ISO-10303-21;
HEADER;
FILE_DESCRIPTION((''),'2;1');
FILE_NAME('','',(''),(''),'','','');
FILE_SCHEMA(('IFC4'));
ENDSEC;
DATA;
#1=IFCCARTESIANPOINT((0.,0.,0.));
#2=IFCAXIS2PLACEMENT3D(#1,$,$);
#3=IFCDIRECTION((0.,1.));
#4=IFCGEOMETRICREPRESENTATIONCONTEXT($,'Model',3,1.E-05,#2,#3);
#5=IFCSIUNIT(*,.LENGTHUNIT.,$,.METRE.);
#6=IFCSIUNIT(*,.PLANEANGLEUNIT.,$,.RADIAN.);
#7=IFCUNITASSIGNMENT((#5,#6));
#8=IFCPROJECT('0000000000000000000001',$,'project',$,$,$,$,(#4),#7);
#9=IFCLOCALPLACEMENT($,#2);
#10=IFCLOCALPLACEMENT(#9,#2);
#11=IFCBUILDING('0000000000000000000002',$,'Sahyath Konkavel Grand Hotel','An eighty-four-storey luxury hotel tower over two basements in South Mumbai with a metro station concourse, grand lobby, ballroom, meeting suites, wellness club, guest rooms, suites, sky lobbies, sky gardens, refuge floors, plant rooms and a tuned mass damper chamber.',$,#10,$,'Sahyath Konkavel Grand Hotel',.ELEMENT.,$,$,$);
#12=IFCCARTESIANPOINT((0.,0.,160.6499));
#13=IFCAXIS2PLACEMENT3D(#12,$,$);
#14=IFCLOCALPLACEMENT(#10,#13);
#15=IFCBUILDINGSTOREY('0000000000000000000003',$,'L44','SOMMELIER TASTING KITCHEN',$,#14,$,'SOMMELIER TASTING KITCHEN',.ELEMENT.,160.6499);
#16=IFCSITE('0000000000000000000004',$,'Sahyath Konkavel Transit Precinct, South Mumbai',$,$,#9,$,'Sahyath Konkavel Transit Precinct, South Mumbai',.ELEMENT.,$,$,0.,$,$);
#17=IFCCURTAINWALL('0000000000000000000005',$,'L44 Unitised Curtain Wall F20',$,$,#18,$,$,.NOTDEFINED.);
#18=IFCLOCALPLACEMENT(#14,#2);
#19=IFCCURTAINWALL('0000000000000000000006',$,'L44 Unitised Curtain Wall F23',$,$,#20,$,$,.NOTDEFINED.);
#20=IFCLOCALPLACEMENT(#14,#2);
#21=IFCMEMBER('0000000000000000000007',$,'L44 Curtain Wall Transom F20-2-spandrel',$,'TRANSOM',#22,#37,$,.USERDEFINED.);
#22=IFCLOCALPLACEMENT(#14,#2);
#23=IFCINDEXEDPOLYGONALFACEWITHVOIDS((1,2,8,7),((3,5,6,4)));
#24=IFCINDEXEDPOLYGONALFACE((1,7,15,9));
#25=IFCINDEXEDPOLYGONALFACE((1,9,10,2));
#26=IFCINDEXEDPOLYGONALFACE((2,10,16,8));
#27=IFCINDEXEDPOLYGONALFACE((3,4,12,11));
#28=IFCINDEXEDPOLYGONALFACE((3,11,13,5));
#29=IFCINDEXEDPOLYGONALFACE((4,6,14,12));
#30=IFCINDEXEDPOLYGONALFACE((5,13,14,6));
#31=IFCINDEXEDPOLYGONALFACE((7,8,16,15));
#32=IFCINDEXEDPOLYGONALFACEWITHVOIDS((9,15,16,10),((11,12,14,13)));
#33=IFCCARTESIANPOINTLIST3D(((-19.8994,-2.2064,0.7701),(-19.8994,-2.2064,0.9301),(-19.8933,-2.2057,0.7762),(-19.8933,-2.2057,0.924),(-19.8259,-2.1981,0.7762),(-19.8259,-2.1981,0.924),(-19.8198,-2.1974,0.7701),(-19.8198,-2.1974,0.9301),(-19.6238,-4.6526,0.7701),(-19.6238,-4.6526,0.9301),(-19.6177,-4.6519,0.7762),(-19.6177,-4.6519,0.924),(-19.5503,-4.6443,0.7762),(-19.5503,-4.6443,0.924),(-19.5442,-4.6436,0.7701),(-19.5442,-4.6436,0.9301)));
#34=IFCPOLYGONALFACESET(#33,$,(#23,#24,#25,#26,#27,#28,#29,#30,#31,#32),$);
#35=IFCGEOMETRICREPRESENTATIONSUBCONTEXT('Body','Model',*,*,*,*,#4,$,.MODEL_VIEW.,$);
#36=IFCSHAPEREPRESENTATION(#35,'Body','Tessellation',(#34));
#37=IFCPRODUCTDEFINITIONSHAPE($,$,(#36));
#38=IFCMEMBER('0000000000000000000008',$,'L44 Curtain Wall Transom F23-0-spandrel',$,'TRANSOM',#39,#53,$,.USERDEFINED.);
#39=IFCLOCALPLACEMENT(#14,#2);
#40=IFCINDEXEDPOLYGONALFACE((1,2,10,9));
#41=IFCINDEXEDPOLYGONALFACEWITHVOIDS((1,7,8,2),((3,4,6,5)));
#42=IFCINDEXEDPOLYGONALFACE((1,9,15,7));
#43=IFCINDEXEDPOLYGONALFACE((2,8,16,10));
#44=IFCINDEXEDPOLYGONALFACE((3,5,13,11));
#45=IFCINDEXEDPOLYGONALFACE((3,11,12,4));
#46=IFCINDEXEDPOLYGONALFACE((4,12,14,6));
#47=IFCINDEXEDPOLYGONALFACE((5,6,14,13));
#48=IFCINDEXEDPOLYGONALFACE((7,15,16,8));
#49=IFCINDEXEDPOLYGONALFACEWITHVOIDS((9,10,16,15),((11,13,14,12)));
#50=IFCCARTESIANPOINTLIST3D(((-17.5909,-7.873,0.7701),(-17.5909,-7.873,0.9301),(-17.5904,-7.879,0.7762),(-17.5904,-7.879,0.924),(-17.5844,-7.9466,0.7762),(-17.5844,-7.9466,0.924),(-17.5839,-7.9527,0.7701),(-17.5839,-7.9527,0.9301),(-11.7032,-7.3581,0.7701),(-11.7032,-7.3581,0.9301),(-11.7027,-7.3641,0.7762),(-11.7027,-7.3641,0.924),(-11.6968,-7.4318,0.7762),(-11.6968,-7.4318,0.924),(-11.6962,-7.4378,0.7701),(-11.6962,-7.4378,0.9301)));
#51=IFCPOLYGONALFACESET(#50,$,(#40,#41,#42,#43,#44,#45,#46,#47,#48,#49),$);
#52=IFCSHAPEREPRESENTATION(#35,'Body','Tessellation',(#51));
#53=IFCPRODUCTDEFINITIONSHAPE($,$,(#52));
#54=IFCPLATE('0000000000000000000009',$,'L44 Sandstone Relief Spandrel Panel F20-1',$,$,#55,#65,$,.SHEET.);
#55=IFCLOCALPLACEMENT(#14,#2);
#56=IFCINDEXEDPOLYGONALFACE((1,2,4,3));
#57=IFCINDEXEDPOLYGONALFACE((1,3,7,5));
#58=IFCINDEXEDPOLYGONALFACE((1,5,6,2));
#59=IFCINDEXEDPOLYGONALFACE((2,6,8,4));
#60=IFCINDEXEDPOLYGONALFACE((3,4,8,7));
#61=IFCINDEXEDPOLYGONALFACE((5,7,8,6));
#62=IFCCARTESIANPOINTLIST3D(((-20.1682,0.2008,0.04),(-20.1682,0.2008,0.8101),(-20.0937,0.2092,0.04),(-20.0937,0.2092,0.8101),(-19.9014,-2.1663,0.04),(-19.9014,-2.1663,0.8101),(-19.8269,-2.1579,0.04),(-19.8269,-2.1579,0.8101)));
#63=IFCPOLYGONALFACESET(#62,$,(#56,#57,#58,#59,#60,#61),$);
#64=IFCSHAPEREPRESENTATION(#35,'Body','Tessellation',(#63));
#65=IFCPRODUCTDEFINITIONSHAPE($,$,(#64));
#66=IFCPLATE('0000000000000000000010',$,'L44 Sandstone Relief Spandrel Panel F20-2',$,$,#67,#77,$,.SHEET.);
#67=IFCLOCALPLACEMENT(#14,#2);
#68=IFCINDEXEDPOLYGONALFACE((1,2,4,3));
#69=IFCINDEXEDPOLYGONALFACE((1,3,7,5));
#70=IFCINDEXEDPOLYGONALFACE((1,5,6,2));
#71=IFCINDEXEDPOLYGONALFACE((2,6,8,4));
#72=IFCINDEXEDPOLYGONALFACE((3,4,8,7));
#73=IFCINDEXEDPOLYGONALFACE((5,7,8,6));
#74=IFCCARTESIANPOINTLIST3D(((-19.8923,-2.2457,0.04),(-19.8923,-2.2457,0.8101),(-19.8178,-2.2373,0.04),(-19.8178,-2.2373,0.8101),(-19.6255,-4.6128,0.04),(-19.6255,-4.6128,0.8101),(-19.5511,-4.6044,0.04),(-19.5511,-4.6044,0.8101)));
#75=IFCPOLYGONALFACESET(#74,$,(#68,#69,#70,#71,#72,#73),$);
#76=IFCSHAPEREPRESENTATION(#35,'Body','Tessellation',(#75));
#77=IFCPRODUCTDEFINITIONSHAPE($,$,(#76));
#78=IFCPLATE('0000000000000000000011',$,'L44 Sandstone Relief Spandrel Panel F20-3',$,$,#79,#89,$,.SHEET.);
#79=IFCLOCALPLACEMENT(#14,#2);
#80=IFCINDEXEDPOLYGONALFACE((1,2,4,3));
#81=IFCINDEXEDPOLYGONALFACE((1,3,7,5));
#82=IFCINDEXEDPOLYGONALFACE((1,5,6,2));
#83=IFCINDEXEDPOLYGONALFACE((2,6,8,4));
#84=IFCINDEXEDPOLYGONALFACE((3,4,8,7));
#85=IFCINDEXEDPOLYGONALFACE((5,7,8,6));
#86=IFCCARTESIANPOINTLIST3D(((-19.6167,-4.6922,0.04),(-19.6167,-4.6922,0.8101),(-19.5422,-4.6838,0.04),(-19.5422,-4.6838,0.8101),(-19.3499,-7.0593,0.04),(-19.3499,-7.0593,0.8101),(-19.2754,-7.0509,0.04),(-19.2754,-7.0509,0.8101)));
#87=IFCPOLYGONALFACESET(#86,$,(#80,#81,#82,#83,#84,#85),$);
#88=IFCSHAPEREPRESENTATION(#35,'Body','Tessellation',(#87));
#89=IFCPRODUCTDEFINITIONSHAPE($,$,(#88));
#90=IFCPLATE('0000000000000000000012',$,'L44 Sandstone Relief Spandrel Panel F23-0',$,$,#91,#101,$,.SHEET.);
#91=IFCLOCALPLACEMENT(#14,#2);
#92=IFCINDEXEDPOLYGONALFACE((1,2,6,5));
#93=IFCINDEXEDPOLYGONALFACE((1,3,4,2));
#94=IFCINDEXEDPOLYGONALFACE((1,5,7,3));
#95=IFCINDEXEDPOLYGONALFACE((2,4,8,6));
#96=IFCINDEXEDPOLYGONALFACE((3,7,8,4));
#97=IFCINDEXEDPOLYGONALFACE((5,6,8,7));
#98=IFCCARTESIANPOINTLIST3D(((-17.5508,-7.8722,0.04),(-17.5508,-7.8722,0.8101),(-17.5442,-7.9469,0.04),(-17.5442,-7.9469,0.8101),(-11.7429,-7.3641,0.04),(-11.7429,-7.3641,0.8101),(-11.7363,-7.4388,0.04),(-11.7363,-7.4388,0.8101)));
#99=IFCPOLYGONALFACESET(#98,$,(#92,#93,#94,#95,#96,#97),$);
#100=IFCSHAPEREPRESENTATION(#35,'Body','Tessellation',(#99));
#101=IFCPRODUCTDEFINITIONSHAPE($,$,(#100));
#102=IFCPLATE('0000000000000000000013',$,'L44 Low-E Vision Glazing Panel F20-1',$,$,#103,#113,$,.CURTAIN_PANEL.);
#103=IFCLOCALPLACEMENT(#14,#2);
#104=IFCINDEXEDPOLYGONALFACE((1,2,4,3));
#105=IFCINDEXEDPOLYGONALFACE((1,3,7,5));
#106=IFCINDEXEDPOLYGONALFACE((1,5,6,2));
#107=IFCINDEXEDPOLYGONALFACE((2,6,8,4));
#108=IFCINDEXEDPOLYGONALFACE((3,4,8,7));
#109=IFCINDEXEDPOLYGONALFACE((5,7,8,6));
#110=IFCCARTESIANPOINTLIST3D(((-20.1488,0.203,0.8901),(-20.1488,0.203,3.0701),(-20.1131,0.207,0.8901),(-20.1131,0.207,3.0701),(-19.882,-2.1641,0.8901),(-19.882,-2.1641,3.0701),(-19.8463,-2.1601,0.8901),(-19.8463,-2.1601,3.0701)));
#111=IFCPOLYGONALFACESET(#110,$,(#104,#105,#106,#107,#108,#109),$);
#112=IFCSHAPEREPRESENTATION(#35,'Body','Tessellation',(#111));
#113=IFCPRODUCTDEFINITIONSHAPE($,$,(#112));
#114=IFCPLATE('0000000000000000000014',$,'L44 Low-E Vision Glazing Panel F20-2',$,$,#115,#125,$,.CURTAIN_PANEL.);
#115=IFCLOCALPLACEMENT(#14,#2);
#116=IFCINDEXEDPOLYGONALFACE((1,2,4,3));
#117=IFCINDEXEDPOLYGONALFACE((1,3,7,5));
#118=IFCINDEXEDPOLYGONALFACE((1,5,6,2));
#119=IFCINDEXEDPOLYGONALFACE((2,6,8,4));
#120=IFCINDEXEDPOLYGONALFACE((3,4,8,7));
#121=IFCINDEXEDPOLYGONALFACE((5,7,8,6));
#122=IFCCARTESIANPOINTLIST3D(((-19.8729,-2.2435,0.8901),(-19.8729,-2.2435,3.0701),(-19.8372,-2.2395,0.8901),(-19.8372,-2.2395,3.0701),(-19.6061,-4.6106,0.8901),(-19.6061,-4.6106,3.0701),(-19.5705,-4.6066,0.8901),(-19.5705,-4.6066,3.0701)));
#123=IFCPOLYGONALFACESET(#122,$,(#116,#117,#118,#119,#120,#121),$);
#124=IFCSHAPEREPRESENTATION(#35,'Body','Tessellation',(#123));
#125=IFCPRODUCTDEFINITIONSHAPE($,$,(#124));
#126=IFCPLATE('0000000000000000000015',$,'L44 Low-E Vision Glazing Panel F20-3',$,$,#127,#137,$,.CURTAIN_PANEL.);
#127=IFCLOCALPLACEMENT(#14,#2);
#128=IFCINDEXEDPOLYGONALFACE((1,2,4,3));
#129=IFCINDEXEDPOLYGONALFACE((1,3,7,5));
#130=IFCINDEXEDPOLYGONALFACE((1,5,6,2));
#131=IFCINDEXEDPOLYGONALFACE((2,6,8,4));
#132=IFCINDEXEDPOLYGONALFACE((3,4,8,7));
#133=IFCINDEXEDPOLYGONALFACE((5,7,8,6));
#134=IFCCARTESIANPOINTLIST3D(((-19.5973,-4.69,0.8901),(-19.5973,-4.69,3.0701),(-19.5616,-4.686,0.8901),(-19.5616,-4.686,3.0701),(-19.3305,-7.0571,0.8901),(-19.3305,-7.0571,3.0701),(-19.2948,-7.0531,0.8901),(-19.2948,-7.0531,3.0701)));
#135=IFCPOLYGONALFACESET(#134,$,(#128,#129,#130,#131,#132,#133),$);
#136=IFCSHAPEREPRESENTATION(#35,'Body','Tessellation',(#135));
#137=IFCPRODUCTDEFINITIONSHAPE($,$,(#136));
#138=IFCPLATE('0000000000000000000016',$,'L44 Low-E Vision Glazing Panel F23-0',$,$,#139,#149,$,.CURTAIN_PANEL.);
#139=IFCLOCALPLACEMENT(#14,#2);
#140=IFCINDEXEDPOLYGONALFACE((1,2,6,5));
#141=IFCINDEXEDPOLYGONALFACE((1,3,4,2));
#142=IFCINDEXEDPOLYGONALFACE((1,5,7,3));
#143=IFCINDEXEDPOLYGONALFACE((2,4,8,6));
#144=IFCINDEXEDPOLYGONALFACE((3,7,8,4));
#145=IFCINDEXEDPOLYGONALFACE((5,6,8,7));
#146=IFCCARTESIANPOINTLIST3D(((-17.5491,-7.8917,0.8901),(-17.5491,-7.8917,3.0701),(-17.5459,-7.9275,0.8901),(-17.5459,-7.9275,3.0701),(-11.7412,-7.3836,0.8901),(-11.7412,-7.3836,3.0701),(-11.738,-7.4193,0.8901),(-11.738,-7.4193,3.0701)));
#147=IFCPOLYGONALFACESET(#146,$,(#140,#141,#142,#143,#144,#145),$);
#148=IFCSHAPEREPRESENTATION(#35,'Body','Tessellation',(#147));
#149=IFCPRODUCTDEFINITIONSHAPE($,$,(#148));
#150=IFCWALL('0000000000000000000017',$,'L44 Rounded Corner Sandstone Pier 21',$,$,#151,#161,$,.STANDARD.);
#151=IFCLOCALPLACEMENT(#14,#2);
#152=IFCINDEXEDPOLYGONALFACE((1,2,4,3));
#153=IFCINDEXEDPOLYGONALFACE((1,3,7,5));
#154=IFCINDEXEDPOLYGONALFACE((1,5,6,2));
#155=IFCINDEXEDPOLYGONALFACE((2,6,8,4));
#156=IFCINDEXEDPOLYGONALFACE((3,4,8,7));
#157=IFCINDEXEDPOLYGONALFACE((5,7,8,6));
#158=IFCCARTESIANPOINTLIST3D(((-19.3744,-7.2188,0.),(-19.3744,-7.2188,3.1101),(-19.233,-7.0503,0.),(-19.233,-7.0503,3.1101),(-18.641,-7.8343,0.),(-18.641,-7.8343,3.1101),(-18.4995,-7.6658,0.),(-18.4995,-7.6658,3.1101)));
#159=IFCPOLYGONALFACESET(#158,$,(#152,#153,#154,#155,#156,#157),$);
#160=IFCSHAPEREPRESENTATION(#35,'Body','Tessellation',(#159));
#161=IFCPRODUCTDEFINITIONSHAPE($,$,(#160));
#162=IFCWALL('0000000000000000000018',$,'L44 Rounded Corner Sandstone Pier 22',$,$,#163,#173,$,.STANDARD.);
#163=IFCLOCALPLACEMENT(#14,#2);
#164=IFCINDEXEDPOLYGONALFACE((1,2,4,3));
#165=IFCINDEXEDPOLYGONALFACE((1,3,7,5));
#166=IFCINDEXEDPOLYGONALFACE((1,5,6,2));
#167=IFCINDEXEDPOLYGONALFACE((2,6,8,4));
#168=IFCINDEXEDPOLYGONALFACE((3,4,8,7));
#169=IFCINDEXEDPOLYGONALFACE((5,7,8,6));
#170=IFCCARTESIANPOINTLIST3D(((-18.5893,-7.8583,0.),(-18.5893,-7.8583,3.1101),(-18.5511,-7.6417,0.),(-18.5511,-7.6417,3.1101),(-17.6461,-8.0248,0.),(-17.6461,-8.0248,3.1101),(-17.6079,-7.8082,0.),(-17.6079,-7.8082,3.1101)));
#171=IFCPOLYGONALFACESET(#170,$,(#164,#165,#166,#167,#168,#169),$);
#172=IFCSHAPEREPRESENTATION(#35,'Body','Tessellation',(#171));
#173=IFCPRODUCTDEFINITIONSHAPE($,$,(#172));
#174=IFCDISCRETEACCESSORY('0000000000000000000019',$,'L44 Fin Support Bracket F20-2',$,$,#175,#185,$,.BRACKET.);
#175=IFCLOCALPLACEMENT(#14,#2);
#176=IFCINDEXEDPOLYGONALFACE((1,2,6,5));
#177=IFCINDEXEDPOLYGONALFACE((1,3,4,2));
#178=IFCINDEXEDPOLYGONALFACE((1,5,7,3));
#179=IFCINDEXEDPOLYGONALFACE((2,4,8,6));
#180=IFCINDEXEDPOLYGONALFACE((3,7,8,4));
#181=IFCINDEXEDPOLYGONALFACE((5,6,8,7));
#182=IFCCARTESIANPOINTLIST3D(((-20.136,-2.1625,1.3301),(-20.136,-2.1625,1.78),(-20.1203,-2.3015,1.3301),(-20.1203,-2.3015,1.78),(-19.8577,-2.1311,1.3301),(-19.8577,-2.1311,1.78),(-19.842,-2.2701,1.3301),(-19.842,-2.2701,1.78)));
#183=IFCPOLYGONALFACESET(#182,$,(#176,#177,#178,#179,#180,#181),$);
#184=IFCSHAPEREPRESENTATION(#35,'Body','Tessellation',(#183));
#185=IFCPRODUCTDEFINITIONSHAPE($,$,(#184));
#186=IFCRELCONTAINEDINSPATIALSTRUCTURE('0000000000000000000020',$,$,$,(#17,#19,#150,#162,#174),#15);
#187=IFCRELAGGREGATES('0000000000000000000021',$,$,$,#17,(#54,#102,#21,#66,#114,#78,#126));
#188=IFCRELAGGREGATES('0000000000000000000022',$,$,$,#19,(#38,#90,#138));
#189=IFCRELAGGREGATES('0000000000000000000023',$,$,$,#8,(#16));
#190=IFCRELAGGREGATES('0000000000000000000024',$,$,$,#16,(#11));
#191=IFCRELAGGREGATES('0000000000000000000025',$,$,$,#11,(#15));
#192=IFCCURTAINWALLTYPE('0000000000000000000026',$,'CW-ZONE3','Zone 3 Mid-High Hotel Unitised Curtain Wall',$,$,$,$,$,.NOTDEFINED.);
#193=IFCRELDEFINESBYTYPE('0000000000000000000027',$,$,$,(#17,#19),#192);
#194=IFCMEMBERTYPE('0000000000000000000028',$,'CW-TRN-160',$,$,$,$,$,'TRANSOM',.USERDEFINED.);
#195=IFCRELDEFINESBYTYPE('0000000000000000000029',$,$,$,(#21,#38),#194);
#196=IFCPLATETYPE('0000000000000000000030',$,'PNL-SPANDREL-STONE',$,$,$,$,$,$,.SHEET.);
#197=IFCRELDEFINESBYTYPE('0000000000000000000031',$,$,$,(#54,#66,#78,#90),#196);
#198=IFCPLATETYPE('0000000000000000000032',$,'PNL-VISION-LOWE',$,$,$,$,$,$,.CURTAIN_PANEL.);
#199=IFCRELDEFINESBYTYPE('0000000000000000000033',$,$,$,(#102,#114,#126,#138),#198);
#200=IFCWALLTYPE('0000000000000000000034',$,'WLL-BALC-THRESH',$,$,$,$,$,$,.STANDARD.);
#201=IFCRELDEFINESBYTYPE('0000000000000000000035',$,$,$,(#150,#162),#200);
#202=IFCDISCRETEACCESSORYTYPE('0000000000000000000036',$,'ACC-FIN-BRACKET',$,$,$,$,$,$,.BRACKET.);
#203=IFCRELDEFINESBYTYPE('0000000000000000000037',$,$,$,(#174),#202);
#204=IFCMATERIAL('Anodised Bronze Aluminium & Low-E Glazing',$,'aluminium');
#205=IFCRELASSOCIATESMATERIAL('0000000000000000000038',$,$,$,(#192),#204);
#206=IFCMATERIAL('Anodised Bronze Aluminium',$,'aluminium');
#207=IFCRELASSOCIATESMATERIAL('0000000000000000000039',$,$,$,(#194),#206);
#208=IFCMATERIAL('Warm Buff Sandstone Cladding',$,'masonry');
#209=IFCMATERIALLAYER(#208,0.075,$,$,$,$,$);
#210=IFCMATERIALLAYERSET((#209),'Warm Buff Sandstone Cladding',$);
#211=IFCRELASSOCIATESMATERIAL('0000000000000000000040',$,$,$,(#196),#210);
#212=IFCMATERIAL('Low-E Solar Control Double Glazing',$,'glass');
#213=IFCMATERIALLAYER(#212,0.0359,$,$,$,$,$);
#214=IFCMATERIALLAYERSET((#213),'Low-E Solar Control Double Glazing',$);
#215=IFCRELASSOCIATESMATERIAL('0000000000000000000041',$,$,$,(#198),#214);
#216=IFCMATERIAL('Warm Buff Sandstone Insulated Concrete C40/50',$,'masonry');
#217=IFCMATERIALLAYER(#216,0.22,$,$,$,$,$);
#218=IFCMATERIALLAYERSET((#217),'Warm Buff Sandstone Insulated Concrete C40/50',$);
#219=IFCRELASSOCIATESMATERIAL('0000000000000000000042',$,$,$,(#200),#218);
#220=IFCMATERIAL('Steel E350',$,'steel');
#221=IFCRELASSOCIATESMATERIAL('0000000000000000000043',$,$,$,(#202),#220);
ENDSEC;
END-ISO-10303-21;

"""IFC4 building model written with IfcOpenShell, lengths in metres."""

from ifc_helpers import new_model, si_unit, direction, frame, frame_2d, origin, origin_2d, place, context, subcontext, project, spatial, rectangle, hollow_rectangle, extrude, source, transform, mapped, material, layer, layer_set, material_profile, profile_set, type_object, element, aggregate, save


model = new_model("IFC4")

# Units and contexts
model_context = context("Model", 3, precision=1e-05, world=origin(), true_north=direction((0.0, 1.0)))
body_context = subcontext(model_context, "Body", "Model", "MODEL_VIEW")
ifc_project = project(units=[si_unit("LENGTHUNIT", "METRE"), si_unit("PLANEANGLEUNIT", "RADIAN")], contexts=[model_context])

# Site, building, storey
site_placement = place(None, origin())
site = spatial("IfcSite", under=ifc_project, at=site_placement, Name="Sahyath Konkavel Transit Precinct, South Mumbai", LongName="Sahyath Konkavel Transit Precinct, South Mumbai", CompositionType="ELEMENT", RefElevation=0.0)
building_placement = place(site_placement, origin())
building = spatial("IfcBuilding", under=site, at=building_placement, Name="Sahyath Konkavel Grand Hotel", Description="An eighty-four-storey luxury hotel tower over two basements in South Mumbai with a metro station concourse, grand lobby, ballroom, meeting suites, wellness club, guest rooms, suites, sky lobbies, sky gardens, refuge floors, plant rooms and a tuned mass damper chamber.", LongName="Sahyath Konkavel Grand Hotel", CompositionType="ELEMENT")
storey_placement = place(building_placement, frame((0.0, 0.0, 160.6499)))
storey = spatial("IfcBuildingStorey", under=building, at=storey_placement, Name="L44", Description="SOMMELIER TASTING KITCHEN", LongName="SOMMELIER TASTING KITCHEN", CompositionType="ELEMENT", Elevation=160.6499)

# Shared definitions
ifc_material_1 = material(Name="Steel E350", Category="steel")

# Curtain wall
ifc_material_2 = material(Name="Anodised Bronze Aluminium & Low-E Glazing", Category="aluminium")
curtain_wall_type = type_object("IfcCurtainWallType", Name="CW-ZONE3", Description="Zone 3 Mid-High Hotel Unitised Curtain Wall", PredefinedType="NOTDEFINED", material=ifc_material_2)
curtain_wall_1_placement = place(storey_placement, origin())
curtain_wall_1 = element("IfcCurtainWall", 1, at=curtain_wall_1_placement, inside=storey, type_object=curtain_wall_type, Name="L44 Unitised Curtain Wall F20", PredefinedType="NOTDEFINED")
ifc_material_3 = material(Name="Anodised Bronze Aluminium", Category="aluminium")

# Curtain wall
curtain_wall_2_placement = place(storey_placement, origin())
curtain_wall_2 = element("IfcCurtainWall", 2, at=curtain_wall_2_placement, inside=storey, type_object=curtain_wall_type, Name="L44 Unitised Curtain Wall F23", PredefinedType="NOTDEFINED")

# Members
ifc_material_profile_1 = material_profile(ifc_material_3, hollow_rectangle(XDim=0.0801, YDim=0.1599, WallThickness=0.0061, at=origin_2d()), Name="RHS 160x80x6")
ifc_profile_set_1 = profile_set([ifc_material_profile_1], Name="Anodised Bronze Aluminium")
member_type_1 = type_object("IfcMemberType", Name="CW-TRN-160", ElementType="TRANSOM", PredefinedType="USERDEFINED", material=ifc_profile_set_1)
shared_shape_1 = source(origin(), body_context, "Body", "SweptSolid", [
    extrude(hollow_rectangle(XDim=0.0801, YDim=0.1599, WallThickness=0.0061, at=origin_2d()), origin(), (0.0, 0.0, 1.0), 2.4617),
])
member_1_placement = place(storey_placement, frame((-19.8596, -2.2019, 0.8501), z_axis=(0.111966, -0.993712, 0.0), x_axis=(0.993712, 0.111966, 0.0)))
member_1 = element("IfcMember", 3, at=member_1_placement, type_object=member_type_1, Name="L44 Curtain Wall Transom F20-2-spandrel", ObjectType="TRANSOM", PredefinedType="USERDEFINED", context=body_context, shape_type="MappedRepresentation", body=[
    mapped(shared_shape_1, transform((0.0, 0.0, 0.0), scale=1.0)),
])
shared_shape_2 = source(origin(), body_context, "Body", "SweptSolid", [
    extrude(hollow_rectangle(XDim=0.0801, YDim=0.1599, WallThickness=0.0061, at=origin_2d()), origin(), (0.0, 0.0, 1.0), 5.9102),
])
member_2_placement = place(storey_placement, frame((-17.5874, -7.9128, 0.8501), z_axis=(0.996198, 0.08712, 0.0), x_axis=(-0.08712, 0.996198, 0.0)))
member_2 = element("IfcMember", 4, at=member_2_placement, type_object=member_type_1, Name="L44 Curtain Wall Transom F23-0-spandrel", ObjectType="TRANSOM", PredefinedType="USERDEFINED", context=body_context, shape_type="MappedRepresentation", body=[
    mapped(shared_shape_2, transform((0.0, 0.0, 0.0), scale=1.0)),
])

# Plates
ifc_material_4 = material(Name="Warm Buff Sandstone Cladding", Category="masonry")
ifc_layer_1 = layer(ifc_material_4, 0.075)
ifc_layer_set_1 = layer_set([ifc_layer_1], Name="Warm Buff Sandstone Cladding")
plate_type_1 = type_object("IfcPlateType", Name="PNL-SPANDREL-STONE", PredefinedType="SHEET", material=ifc_layer_set_1)
shared_shape_3 = source(origin(), body_context, "Body", "SweptSolid", [
    extrude(rectangle(XDim=2.3821, YDim=0.075, at=origin_2d()), origin(), (0.0, 0.0, 1.0), 0.77),
])
plate_1_placement = place(storey_placement, frame((-19.9976, -0.9785, 0.04), z_axis=(0.0, 0.0, 1.0), x_axis=(0.111989, -0.993709, 0.0)))
plate_1 = element("IfcPlate", 5, at=plate_1_placement, type_object=plate_type_1, Name="L44 Sandstone Relief Spandrel Panel F20-1", PredefinedType="SHEET", context=body_context, shape_type="MappedRepresentation", body=[
    mapped(shared_shape_3, transform((0.0, 0.0, 0.0), scale=1.0)),
])
plate_2_placement = place(storey_placement, frame((-19.7217, -3.425, 0.04), z_axis=(0.0, 0.0, 1.0), x_axis=(0.111989, -0.993709, 0.0)))
plate_2 = element("IfcPlate", 6, at=plate_2_placement, type_object=plate_type_1, Name="L44 Sandstone Relief Spandrel Panel F20-2", PredefinedType="SHEET", context=body_context, shape_type="MappedRepresentation", body=[
    mapped(shared_shape_3, transform((0.0, 0.0, 0.0), scale=1.0)),
])
plate_3_placement = place(storey_placement, frame((-19.446, -5.8716, 0.04), z_axis=(0.0, 0.0, 1.0), x_axis=(0.111989, -0.993709, 0.0)))
plate_3 = element("IfcPlate", 7, at=plate_3_placement, type_object=plate_type_1, Name="L44 Sandstone Relief Spandrel Panel F20-3", PredefinedType="SHEET", context=body_context, shape_type="MappedRepresentation", body=[
    mapped(shared_shape_3, transform((0.0, 0.0, 0.0), scale=1.0)),
])
shared_shape_4 = source(origin(), body_context, "Body", "SweptSolid", [
    extrude(rectangle(XDim=5.8301, YDim=0.075, at=origin_2d()), origin(), (0.0, 0.0, 1.0), 0.77),
])
plate_4_placement = place(storey_placement, frame((-14.6436, -7.6555, 0.04), z_axis=(0.0, 0.0, 1.0), x_axis=(0.996195, 0.087156, 0.0)))
plate_4 = element("IfcPlate", 8, at=plate_4_placement, type_object=plate_type_1, Name="L44 Sandstone Relief Spandrel Panel F23-0", PredefinedType="SHEET", context=body_context, shape_type="MappedRepresentation", body=[
    mapped(shared_shape_4, transform((0.0, 0.0, 0.0), scale=1.0)),
])
ifc_material_5 = material(Name="Low-E Solar Control Double Glazing", Category="glass")
ifc_layer_2 = layer(ifc_material_5, 0.0359)
ifc_layer_set_2 = layer_set([ifc_layer_2], Name="Low-E Solar Control Double Glazing")
plate_type_2 = type_object("IfcPlateType", Name="PNL-VISION-LOWE", PredefinedType="CURTAIN_PANEL", material=ifc_layer_set_2)
shared_shape_5 = source(origin(), body_context, "Body", "SweptSolid", [
    extrude(rectangle(XDim=2.3821, YDim=0.0359, at=origin_2d()), origin(), (0.0, 0.0, 1.0), 2.1799),
])
plate_5_placement = place(storey_placement, frame((-19.9976, -0.9785, 0.8901), z_axis=(0.0, 0.0, 1.0), x_axis=(0.111989, -0.993709, 0.0)))
plate_5 = element("IfcPlate", 9, at=plate_5_placement, type_object=plate_type_2, Name="L44 Low-E Vision Glazing Panel F20-1", PredefinedType="CURTAIN_PANEL", context=body_context, shape_type="MappedRepresentation", body=[
    mapped(shared_shape_5, transform((0.0, 0.0, 0.0), scale=1.0)),
])
plate_6_placement = place(storey_placement, frame((-19.7217, -3.425, 0.8901), z_axis=(0.0, 0.0, 1.0), x_axis=(0.111989, -0.993709, 0.0)))
plate_6 = element("IfcPlate", 10, at=plate_6_placement, type_object=plate_type_2, Name="L44 Low-E Vision Glazing Panel F20-2", PredefinedType="CURTAIN_PANEL", context=body_context, shape_type="MappedRepresentation", body=[
    mapped(shared_shape_5, transform((0.0, 0.0, 0.0), scale=1.0)),
])
plate_7_placement = place(storey_placement, frame((-19.446, -5.8716, 0.8901), z_axis=(0.0, 0.0, 1.0), x_axis=(0.111989, -0.993709, 0.0)))
plate_7 = element("IfcPlate", 11, at=plate_7_placement, type_object=plate_type_2, Name="L44 Low-E Vision Glazing Panel F20-3", PredefinedType="CURTAIN_PANEL", context=body_context, shape_type="MappedRepresentation", body=[
    mapped(shared_shape_5, transform((0.0, 0.0, 0.0), scale=1.0)),
])
aggregate(curtain_wall_1, [plate_1, plate_5, member_1, plate_2, plate_6, plate_3, plate_7])
shared_shape_6 = source(origin(), body_context, "Body", "SweptSolid", [
    extrude(rectangle(XDim=5.8301, YDim=0.0359, at=origin_2d()), origin(), (0.0, 0.0, 1.0), 2.1799),
])
plate_8_placement = place(storey_placement, frame((-14.6436, -7.6555, 0.8901), z_axis=(0.0, 0.0, 1.0), x_axis=(0.996195, 0.087156, 0.0)))
plate_8 = element("IfcPlate", 12, at=plate_8_placement, type_object=plate_type_2, Name="L44 Low-E Vision Glazing Panel F23-0", PredefinedType="CURTAIN_PANEL", context=body_context, shape_type="MappedRepresentation", body=[
    mapped(shared_shape_6, transform((0.0, 0.0, 0.0), scale=1.0)),
])
aggregate(curtain_wall_2, [member_2, plate_4, plate_8])

# Walls
ifc_material_6 = material(Name="Warm Buff Sandstone Insulated Concrete C40/50", Category="masonry")
ifc_layer_3 = layer(ifc_material_6, 0.22)
ifc_layer_set_3 = layer_set([ifc_layer_3], Name="Warm Buff Sandstone Insulated Concrete C40/50")
wall_type = type_object("IfcWallType", Name="WLL-BALC-THRESH", PredefinedType="STANDARD", material=ifc_layer_set_3)
wall_1_placement = place(storey_placement, frame((-19.3037, -7.1345, 0.0), z_axis=(0.0, 0.0, 1.0), x_axis=(0.766001, -0.642839, 0.0)))
element("IfcWall", 13, at=wall_1_placement, inside=storey, type_object=wall_type, Name="L44 Rounded Corner Sandstone Pier 21", PredefinedType="STANDARD", context=body_context, shape_type="SweptSolid", body=[
    extrude(rectangle(XDim=0.9575, YDim=0.22, at=frame_2d((0.4788, 0.0))), origin(), (0.0, 0.0, 1.0), 3.1101),
])
wall_2_placement = place(storey_placement, frame((-18.5703, -7.75, 0.0), z_axis=(0.0, 0.0, 1.0), x_axis=(0.984771, -0.173858, 0.0)))
element("IfcWall", 14, at=wall_2_placement, inside=storey, type_object=wall_type, Name="L44 Rounded Corner Sandstone Pier 22", PredefinedType="STANDARD", context=body_context, shape_type="SweptSolid", body=[
    extrude(rectangle(XDim=0.9578, YDim=0.22, at=frame_2d((0.479, 0.0))), origin(), (0.0, 0.0, 1.0), 3.1101),
])

# Discrete accessory
discrete_accessory_type = type_object("IfcDiscreteAccessoryType", Name="ACC-FIN-BRACKET", PredefinedType="BRACKET", material=ifc_material_1)
shared_shape_7 = source(origin(), body_context, "Body", "SweptSolid", [
    extrude(rectangle(XDim=0.28, YDim=0.1399, at=origin_2d()), origin(), (0.0, 0.0, 1.0), 0.45),
])
discrete_accessory_placement = place(storey_placement, frame((-19.989, -2.2163, 1.3301), z_axis=(0.0, 0.0, 1.0), x_axis=(-0.993709, -0.111989, 0.0)))
element("IfcDiscreteAccessory", 15, at=discrete_accessory_placement, inside=storey, type_object=discrete_accessory_type, Name="L44 Fin Support Bracket F20-2", PredefinedType="BRACKET", context=body_context, shape_type="MappedRepresentation", body=[
    mapped(shared_shape_7, transform((0.0, 0.0, 0.0), scale=1.0)),
])

save(model, "model.ifc")
